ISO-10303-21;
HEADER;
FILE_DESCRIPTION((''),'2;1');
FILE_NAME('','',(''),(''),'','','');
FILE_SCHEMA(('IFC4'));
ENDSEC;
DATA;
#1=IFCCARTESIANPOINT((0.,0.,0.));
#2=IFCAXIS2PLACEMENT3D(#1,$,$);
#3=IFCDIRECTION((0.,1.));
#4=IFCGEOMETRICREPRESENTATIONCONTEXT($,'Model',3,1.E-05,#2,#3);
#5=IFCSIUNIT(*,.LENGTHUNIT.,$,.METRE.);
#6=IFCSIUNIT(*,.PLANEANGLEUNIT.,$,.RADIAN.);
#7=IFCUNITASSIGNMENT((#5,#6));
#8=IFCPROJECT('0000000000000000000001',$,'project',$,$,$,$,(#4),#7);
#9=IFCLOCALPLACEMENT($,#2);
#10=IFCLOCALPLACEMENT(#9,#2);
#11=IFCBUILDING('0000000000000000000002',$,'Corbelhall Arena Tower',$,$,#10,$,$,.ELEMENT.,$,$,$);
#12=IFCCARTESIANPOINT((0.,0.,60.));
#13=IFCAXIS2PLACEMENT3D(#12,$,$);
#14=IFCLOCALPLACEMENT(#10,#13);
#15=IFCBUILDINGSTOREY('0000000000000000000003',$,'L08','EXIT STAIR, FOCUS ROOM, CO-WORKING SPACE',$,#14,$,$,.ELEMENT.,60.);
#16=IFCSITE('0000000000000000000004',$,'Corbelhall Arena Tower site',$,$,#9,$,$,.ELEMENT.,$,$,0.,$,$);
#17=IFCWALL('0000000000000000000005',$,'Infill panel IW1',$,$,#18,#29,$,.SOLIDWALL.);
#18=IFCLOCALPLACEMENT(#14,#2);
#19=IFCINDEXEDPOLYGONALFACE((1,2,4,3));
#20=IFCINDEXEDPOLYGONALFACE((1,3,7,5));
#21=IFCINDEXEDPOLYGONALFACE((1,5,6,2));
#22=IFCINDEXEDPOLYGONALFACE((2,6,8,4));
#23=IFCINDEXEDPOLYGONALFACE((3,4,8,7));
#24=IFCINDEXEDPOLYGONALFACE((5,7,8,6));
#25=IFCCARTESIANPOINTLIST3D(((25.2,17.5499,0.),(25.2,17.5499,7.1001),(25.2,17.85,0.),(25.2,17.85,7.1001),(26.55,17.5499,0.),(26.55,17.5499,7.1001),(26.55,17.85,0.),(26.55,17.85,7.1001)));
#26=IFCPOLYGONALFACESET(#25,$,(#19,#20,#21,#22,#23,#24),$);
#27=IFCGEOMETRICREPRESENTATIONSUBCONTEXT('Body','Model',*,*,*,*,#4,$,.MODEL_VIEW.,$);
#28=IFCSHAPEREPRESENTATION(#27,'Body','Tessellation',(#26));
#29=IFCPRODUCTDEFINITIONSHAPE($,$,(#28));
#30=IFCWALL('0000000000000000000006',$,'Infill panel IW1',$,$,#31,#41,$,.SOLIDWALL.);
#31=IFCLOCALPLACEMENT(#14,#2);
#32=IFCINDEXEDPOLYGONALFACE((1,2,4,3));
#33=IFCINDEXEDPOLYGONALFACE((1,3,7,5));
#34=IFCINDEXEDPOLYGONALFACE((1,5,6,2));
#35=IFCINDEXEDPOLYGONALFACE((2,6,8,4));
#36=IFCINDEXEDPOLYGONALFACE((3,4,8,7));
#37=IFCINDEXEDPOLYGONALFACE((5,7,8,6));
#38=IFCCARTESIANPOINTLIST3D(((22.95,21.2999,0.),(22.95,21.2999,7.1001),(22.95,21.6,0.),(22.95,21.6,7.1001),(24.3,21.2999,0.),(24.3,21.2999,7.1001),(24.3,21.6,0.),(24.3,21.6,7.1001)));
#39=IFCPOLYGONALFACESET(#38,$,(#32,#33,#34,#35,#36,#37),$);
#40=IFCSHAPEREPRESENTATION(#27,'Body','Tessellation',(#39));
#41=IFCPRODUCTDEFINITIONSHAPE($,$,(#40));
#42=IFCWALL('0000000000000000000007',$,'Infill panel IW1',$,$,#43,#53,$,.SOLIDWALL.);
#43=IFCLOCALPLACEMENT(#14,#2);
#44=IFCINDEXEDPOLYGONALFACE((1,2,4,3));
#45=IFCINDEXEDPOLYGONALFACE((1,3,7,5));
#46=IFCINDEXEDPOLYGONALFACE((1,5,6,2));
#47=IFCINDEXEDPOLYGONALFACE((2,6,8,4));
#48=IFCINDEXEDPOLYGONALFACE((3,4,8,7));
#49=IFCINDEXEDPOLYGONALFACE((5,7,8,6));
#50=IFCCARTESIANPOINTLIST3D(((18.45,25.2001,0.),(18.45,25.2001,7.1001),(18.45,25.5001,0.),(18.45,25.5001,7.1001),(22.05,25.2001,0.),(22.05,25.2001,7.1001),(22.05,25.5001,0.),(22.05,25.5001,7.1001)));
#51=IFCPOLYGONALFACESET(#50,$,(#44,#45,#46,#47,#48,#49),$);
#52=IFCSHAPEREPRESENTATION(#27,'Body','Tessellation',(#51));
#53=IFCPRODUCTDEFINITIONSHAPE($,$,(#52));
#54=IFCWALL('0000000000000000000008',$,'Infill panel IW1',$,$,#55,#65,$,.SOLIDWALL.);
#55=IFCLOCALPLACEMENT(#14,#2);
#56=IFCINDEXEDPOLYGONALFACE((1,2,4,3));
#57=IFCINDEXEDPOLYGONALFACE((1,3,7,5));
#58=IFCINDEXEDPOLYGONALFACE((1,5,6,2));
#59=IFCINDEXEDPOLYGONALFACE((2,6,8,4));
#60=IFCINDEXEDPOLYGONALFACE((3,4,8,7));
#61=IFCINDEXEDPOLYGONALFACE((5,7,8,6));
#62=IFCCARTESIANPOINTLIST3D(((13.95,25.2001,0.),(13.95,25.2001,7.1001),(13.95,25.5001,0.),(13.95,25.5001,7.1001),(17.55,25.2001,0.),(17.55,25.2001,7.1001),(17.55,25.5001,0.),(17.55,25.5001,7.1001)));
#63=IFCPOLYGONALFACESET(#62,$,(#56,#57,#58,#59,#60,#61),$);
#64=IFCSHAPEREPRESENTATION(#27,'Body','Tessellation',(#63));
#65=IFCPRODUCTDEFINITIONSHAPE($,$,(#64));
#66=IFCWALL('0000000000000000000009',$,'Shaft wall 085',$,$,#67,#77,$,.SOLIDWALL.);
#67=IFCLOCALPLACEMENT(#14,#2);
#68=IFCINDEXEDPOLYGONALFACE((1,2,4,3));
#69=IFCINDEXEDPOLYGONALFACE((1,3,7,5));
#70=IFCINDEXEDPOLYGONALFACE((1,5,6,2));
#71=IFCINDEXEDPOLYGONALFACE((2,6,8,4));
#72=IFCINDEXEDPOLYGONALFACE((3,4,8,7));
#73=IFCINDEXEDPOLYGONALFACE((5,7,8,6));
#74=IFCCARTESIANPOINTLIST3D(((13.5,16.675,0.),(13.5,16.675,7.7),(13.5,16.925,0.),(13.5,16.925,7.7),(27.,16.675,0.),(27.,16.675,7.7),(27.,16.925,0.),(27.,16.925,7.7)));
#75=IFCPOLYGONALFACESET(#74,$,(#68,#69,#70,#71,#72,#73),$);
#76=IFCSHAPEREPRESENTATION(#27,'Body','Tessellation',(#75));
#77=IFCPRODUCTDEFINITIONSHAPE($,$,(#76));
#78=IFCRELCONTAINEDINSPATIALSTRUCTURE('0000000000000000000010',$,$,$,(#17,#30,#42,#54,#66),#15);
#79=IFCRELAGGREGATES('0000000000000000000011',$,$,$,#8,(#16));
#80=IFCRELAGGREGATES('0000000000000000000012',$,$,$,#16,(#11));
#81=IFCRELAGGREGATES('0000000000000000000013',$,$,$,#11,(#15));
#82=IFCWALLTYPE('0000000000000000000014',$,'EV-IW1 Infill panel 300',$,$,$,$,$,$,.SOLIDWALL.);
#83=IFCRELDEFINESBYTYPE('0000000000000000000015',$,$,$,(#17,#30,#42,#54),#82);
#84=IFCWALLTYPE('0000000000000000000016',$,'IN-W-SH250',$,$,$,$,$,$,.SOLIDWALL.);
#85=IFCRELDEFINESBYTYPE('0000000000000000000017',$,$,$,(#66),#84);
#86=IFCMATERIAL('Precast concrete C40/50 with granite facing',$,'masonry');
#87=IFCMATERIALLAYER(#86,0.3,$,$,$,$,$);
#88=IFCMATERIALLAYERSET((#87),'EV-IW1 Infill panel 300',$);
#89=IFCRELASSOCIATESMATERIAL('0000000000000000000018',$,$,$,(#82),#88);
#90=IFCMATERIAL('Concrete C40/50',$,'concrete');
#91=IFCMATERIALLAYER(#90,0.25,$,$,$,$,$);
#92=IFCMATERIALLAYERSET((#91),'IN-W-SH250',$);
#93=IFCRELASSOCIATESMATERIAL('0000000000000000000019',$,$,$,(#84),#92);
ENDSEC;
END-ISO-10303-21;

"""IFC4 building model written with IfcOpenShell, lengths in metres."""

from ifc_helpers import new_model, si_unit, direction, frame, frame_2d, origin, place, context, subcontext, project, spatial, rectangle, extrude, material, layer, layer_set, type_object, element, save


model = new_model("IFC4")

# Units and contexts
model_context = context("Model", 3, precision=1e-05, world=origin(), true_north=direction((0.0, 1.0)))
body_context = subcontext(model_context, "Body", "Model", "MODEL_VIEW")
ifc_project = project(units=[si_unit("LENGTHUNIT", "METRE"), si_unit("PLANEANGLEUNIT", "RADIAN")], contexts=[model_context])

# Site, building, storey
site_placement = place(None, origin())
site = spatial("IfcSite", under=ifc_project, at=site_placement, Name="Corbelhall Arena Tower site", CompositionType="ELEMENT", RefElevation=0.0)
building_placement = place(site_placement, origin())
building = spatial("IfcBuilding", under=site, at=building_placement, Name="Corbelhall Arena Tower", CompositionType="ELEMENT")
storey_placement = place(building_placement, frame((0.0, 0.0, 60.0)))
storey = spatial("IfcBuildingStorey", under=building, at=storey_placement, Name="L08", Description="EXIT STAIR, FOCUS ROOM, CO-WORKING SPACE", CompositionType="ELEMENT", Elevation=60.0)

# Walls
ifc_material_1 = material(Name="Precast concrete C40/50 with granite facing", Category="masonry")
ifc_layer_1 = layer(ifc_material_1, 0.3)
ifc_layer_set_1 = layer_set([ifc_layer_1], Name="EV-IW1 Infill panel 300")
wall_type_1 = type_object("IfcWallType", Name="EV-IW1 Infill panel 300", PredefinedType="SOLIDWALL", material=ifc_layer_set_1)
for number, where, z_axis, x_axis, name in (
    (1, (26.55, 17.7, 0.0), (0.0, 0.0, 1.0), (-1.0, 0.0, 0.0), "Infill panel IW1"),
    (2, (24.3, 21.45, 0.0), (0.0, 0.0, 1.0), (-1.0, 0.0, 0.0), "Infill panel IW1"),
):
    element("IfcWall", number, at=place(storey_placement, frame(where, z_axis=z_axis, x_axis=x_axis)), inside=storey, type_object=wall_type_1, Name=name, PredefinedType="SOLIDWALL", context=body_context, shape_type="SweptSolid", body=[
        extrude(rectangle(XDim=1.3501, YDim=0.3, at=frame_2d((0.675, 0.0))), origin(), (0.0, 0.0, 1.0), 7.1001),
    ])
for number, where, z_axis, x_axis, name in (
    (3, (22.05, 25.3501, 0.0), (0.0, 0.0, 1.0), (-1.0, 0.0, 0.0), "Infill panel IW1"),
    (4, (17.55, 25.3501, 0.0), (0.0, 0.0, 1.0), (-1.0, 0.0, 0.0), "Infill panel IW1"),
):
    element("IfcWall", number, at=place(storey_placement, frame(where, z_axis=z_axis, x_axis=x_axis)), inside=storey, type_object=wall_type_1, Name=name, PredefinedType="SOLIDWALL", context=body_context, shape_type="SweptSolid", body=[
        extrude(rectangle(XDim=3.6001, YDim=0.3, at=frame_2d((1.8, 0.0))), origin(), (0.0, 0.0, 1.0), 7.1001),
    ])
ifc_material_2 = material(Name="Concrete C40/50", Category="concrete")
ifc_layer_2 = layer(ifc_material_2, 0.25)
ifc_layer_set_2 = layer_set([ifc_layer_2], Name="IN-W-SH250")
wall_type_2 = type_object("IfcWallType", Name="IN-W-SH250", PredefinedType="SOLIDWALL", material=ifc_layer_set_2)
wall_1_placement = place(storey_placement, frame((27.0, 16.8, 0.0), z_axis=(0.0, 0.0, 1.0), x_axis=(-1.0, 0.0, 0.0)))
element("IfcWall", 5, at=wall_1_placement, inside=storey, type_object=wall_type_2, Name="Shaft wall 085", PredefinedType="SOLIDWALL", context=body_context, shape_type="SweptSolid", body=[
    extrude(rectangle(XDim=13.5, YDim=0.25, at=frame_2d((6.75, 0.0))), origin(), (0.0, 0.0, 1.0), 7.7),
])

save(model, "model.ifc")
